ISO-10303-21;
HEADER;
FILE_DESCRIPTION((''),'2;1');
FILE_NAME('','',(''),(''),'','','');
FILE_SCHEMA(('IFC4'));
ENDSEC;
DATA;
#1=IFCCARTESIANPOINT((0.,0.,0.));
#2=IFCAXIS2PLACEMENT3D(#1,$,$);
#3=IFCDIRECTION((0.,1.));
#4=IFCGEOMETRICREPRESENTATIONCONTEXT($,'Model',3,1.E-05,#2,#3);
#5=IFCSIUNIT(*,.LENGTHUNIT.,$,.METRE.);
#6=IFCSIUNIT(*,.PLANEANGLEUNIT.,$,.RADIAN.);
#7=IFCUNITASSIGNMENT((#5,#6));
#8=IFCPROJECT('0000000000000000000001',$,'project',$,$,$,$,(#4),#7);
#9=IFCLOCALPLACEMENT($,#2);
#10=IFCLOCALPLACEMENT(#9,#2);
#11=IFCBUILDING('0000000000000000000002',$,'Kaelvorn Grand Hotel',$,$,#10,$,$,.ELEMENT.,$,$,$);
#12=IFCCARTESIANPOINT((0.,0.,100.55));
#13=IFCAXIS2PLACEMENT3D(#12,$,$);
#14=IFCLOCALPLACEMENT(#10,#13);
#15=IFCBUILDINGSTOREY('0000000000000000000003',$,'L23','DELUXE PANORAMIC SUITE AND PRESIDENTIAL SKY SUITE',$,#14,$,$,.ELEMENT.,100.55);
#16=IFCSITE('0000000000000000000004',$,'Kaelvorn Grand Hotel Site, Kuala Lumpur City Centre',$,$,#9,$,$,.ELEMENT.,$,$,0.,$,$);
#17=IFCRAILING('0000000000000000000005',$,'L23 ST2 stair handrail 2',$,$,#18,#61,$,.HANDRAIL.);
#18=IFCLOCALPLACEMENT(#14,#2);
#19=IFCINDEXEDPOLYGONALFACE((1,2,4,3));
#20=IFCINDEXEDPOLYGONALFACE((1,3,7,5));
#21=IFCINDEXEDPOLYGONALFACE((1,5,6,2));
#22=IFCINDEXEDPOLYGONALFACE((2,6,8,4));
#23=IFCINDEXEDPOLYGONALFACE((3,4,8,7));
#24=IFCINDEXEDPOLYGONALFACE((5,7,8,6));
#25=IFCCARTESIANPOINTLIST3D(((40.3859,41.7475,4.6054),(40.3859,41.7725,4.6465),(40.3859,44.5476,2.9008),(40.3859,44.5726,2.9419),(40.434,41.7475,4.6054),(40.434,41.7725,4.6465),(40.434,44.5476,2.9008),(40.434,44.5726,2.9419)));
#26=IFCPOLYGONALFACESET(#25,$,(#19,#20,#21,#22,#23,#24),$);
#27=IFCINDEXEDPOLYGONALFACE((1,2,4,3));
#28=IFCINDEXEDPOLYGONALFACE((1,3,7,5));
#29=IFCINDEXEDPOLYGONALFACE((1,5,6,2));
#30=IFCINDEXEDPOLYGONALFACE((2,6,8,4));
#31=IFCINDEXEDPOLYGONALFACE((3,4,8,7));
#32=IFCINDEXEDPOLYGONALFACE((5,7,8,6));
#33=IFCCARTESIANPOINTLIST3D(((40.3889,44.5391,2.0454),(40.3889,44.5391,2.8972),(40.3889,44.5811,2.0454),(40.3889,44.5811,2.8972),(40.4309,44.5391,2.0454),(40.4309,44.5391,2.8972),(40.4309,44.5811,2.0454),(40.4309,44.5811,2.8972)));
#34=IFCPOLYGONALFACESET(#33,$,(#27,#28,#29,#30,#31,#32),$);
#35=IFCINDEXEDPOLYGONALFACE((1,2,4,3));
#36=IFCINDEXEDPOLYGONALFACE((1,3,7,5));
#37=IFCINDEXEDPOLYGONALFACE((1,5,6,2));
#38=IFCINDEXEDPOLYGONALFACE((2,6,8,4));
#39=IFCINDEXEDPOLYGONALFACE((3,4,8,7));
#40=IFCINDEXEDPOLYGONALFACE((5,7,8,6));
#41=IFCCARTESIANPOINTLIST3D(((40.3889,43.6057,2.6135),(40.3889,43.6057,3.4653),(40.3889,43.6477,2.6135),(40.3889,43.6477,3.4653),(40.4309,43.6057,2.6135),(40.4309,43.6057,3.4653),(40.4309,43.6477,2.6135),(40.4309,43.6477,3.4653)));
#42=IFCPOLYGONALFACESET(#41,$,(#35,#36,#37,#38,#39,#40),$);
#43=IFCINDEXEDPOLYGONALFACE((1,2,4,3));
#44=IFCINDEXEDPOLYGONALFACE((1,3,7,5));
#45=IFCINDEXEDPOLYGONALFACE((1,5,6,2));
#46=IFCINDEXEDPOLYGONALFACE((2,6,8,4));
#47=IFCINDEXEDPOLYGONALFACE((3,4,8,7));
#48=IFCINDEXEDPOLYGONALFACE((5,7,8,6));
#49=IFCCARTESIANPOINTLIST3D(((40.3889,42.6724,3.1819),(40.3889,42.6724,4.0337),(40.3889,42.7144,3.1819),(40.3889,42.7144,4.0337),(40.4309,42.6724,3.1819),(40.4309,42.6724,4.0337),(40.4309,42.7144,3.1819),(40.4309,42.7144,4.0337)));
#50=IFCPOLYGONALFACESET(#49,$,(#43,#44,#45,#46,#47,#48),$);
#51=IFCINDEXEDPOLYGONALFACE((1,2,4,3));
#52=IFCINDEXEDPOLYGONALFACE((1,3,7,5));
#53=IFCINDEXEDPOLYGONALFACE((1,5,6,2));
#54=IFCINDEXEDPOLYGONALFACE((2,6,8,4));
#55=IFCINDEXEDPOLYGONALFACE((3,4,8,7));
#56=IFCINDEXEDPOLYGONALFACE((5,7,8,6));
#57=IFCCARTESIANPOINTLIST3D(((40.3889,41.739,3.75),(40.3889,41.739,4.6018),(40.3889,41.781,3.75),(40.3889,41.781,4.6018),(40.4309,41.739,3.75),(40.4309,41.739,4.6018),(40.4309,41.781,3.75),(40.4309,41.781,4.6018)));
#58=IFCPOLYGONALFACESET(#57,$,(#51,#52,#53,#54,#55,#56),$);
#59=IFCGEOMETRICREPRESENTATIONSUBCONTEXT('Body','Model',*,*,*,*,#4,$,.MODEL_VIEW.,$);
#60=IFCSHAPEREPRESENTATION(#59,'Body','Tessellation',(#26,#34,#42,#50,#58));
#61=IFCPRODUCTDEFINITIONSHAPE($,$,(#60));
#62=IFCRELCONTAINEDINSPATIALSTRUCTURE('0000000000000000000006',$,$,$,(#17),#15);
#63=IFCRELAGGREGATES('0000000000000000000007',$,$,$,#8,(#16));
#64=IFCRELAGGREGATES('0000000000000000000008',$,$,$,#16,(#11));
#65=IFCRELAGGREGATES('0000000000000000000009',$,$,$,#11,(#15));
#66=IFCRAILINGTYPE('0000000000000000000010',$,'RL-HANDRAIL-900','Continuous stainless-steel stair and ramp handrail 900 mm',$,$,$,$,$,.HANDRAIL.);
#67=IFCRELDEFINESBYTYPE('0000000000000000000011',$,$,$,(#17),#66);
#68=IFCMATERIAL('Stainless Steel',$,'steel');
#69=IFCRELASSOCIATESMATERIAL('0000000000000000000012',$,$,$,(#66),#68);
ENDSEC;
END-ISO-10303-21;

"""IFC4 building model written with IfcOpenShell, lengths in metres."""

from ifc_helpers import new_model, si_unit, direction, frame, origin, origin_2d, place, context, subcontext, project, spatial, rectangle, extrude, material, type_object, element, save


model = new_model("IFC4")

# Units and contexts
model_context = context("Model", 3, precision=1e-05, world=origin(), true_north=direction((0.0, 1.0)))
body_context = subcontext(model_context, "Body", "Model", "MODEL_VIEW")
ifc_project = project(units=[si_unit("LENGTHUNIT", "METRE"), si_unit("PLANEANGLEUNIT", "RADIAN")], contexts=[model_context])

# Site, building, storey
site_placement = place(None, origin())
site = spatial("IfcSite", under=ifc_project, at=site_placement, Name="Kaelvorn Grand Hotel Site, Kuala Lumpur City Centre", CompositionType="ELEMENT", RefElevation=0.0)
building_placement = place(site_placement, origin())
building = spatial("IfcBuilding", under=site, at=building_placement, Name="Kaelvorn Grand Hotel", CompositionType="ELEMENT")
storey_placement = place(building_placement, frame((0.0, 0.0, 100.55)))
storey = spatial("IfcBuildingStorey", under=building, at=storey_placement, Name="L23", Description="DELUXE PANORAMIC SUITE AND PRESIDENTIAL SKY SUITE", CompositionType="ELEMENT", Elevation=100.55)

# Railing
ifc_material_1 = material(Name="Stainless Steel", Category="steel")
railing_type = type_object("IfcRailingType", Name="RL-HANDRAIL-900", Description="Continuous stainless-steel stair and ramp handrail 900 mm", PredefinedType="HANDRAIL", material=ifc_material_1)
railing_placement = place(storey_placement, frame((40.4099, 44.5601, 2.0454)))
element("IfcRailing", 1, at=railing_placement, inside=storey, type_object=railing_type, Name="L23 ST2 stair handrail 2", PredefinedType="HANDRAIL", context=body_context, shape_type="SweptSolid", body=[
    extrude(rectangle(XDim=0.0481, YDim=0.0481, at=origin_2d()), frame((0.0, 0.0, 0.876), z_axis=(0.0, -0.85417, 0.519994), x_axis=(1.0, 0.0, 0.0)), (0.0, 0.0, 1.0), 3.2781),
    extrude(rectangle(XDim=0.042, YDim=0.042, at=origin_2d()), origin(), (0.0, 0.0, 1.0), 0.8518),
    extrude(rectangle(XDim=0.042, YDim=0.042, at=origin_2d()), frame((0.0, -0.9333, 0.5681)), (0.0, 0.0, 1.0), 0.8518),
    extrude(rectangle(XDim=0.042, YDim=0.042, at=origin_2d()), frame((0.0, -1.8667, 1.1365)), (0.0, 0.0, 1.0), 0.8518),
    extrude(rectangle(XDim=0.042, YDim=0.042, at=origin_2d()), frame((0.0, -2.8, 1.7046)), (0.0, 0.0, 1.0), 0.8518),
])

save(model, "model.ifc")
